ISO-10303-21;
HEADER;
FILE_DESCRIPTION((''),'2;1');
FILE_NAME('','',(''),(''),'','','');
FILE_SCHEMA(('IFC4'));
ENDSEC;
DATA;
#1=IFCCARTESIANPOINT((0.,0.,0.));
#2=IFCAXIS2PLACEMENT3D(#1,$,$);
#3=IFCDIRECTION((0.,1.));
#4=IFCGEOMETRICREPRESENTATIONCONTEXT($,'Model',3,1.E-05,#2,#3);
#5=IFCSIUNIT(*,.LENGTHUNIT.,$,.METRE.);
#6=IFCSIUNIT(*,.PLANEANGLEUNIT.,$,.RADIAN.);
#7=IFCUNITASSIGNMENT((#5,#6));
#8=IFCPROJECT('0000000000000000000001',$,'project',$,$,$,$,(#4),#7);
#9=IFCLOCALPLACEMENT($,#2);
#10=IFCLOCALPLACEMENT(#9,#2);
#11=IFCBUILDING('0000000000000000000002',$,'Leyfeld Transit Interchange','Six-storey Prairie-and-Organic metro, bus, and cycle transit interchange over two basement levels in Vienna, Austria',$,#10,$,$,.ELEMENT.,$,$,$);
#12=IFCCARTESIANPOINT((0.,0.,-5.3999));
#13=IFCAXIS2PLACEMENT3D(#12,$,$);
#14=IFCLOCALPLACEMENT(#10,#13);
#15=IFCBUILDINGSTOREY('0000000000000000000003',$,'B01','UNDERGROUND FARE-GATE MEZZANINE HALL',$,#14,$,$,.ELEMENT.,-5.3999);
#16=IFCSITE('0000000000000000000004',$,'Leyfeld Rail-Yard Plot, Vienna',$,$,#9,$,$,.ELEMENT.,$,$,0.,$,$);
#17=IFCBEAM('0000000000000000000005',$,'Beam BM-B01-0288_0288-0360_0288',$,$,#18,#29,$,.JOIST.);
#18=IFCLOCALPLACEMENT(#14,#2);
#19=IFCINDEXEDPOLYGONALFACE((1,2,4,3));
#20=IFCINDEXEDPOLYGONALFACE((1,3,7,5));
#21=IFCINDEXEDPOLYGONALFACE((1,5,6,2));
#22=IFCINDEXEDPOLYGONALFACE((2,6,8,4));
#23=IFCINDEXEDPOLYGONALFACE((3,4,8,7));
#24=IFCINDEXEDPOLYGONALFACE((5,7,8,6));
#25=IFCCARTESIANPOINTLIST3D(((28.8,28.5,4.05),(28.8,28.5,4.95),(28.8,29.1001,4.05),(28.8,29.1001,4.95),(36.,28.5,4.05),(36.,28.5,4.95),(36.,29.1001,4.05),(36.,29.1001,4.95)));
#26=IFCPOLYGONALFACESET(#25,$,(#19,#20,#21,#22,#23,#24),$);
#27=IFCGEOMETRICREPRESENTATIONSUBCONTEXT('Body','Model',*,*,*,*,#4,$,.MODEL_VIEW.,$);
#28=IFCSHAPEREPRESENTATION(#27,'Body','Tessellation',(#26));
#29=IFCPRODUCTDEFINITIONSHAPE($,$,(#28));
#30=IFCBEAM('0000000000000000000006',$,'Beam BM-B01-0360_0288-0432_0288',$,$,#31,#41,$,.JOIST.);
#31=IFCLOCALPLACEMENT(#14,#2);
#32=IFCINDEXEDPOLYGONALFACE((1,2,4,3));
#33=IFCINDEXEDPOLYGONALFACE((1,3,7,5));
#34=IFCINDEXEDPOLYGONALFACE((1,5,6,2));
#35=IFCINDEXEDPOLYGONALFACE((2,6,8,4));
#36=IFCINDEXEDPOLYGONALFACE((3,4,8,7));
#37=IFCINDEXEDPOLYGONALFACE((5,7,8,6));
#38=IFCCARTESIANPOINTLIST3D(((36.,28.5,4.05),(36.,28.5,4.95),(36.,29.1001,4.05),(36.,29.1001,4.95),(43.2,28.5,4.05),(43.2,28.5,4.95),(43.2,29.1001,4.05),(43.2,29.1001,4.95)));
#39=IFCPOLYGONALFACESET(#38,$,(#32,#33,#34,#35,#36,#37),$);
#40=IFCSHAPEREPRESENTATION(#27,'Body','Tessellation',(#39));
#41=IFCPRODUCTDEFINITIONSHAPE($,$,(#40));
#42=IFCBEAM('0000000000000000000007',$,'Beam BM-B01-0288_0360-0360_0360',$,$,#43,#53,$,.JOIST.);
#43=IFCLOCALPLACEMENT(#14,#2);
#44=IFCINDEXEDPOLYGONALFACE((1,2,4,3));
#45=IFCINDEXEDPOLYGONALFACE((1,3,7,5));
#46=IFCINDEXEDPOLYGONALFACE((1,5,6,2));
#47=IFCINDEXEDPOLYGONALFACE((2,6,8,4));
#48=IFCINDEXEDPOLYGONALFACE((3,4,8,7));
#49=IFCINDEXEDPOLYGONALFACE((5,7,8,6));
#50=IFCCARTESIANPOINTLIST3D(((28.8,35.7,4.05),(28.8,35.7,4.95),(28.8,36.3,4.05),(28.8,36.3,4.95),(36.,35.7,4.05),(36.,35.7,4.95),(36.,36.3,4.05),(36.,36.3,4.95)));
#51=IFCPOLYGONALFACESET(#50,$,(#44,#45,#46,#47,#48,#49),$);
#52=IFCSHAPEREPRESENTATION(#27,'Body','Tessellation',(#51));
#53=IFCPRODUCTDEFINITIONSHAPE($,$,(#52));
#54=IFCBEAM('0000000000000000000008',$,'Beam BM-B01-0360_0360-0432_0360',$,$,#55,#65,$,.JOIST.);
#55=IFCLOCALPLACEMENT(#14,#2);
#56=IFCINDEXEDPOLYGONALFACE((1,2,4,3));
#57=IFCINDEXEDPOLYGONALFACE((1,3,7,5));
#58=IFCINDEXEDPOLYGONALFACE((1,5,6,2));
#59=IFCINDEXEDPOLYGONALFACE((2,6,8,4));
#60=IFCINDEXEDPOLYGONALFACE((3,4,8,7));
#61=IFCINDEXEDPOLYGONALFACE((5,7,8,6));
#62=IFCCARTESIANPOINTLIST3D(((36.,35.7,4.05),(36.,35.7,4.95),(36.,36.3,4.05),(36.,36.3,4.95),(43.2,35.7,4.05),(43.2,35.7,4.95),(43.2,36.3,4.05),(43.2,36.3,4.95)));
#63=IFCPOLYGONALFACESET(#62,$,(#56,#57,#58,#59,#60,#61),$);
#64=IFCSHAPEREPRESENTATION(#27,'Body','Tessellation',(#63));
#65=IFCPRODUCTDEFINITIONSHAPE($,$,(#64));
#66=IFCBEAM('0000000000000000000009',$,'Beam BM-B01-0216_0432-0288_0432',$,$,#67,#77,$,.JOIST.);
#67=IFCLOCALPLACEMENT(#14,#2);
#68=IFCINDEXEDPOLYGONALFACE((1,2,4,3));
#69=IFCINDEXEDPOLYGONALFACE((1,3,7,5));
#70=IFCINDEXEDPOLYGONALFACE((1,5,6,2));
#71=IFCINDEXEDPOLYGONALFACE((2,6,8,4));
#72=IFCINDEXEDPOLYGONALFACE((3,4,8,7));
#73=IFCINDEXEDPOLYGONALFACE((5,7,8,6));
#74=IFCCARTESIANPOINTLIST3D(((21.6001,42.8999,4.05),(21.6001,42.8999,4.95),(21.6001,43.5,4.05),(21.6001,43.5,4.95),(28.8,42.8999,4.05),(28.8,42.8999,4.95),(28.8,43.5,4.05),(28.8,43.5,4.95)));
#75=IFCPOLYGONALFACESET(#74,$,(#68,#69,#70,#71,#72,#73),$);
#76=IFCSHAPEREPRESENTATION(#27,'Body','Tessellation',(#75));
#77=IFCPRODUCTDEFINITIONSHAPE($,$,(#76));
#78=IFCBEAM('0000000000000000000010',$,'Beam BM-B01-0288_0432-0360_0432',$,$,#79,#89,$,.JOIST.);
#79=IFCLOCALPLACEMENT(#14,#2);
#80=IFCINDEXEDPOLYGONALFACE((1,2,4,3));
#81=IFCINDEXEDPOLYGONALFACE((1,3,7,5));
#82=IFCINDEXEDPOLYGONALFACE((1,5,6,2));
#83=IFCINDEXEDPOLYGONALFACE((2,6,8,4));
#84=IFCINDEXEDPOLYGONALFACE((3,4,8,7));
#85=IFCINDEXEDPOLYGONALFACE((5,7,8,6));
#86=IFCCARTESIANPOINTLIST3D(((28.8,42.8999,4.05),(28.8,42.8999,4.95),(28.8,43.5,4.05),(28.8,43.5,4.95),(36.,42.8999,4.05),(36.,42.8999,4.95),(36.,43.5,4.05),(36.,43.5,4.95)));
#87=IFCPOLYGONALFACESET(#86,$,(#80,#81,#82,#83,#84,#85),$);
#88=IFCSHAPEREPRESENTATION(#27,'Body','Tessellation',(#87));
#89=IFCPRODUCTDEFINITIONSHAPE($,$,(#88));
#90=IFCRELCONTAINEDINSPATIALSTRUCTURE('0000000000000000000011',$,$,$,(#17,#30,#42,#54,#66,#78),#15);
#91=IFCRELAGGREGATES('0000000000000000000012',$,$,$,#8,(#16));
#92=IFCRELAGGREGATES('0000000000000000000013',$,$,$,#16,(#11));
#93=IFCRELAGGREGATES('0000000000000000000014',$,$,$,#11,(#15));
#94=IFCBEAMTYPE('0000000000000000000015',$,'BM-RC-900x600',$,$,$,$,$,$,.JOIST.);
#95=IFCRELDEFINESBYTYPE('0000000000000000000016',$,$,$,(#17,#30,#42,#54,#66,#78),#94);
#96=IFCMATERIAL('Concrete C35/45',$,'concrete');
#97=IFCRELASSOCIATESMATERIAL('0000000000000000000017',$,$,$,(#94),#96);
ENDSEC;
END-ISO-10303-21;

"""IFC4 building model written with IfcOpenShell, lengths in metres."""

from ifc_helpers import new_model, si_unit, direction, frame, origin, origin_2d, place, context, subcontext, project, spatial, rectangle, extrude, material, material_profile, profile_set, type_object, element, save


model = new_model("IFC4")

# Units and contexts
model_context = context("Model", 3, precision=1e-05, world=origin(), true_north=direction((0.0, 1.0)))
body_context = subcontext(model_context, "Body", "Model", "MODEL_VIEW")
ifc_project = project(units=[si_unit("LENGTHUNIT", "METRE"), si_unit("PLANEANGLEUNIT", "RADIAN")], contexts=[model_context])

# Site, building, storey
site_placement = place(None, origin())
site = spatial("IfcSite", under=ifc_project, at=site_placement, Name="Leyfeld Rail-Yard Plot, Vienna", CompositionType="ELEMENT", RefElevation=0.0)
building_placement = place(site_placement, origin())
building = spatial("IfcBuilding", under=site, at=building_placement, Name="Leyfeld Transit Interchange", Description="Six-storey Prairie-and-Organic metro, bus, and cycle transit interchange over two basement levels in Vienna, Austria", CompositionType="ELEMENT")
storey_placement = place(building_placement, frame((0.0, 0.0, -5.3999)))
storey = spatial("IfcBuildingStorey", under=building, at=storey_placement, Name="B01", Description="UNDERGROUND FARE-GATE MEZZANINE HALL", CompositionType="ELEMENT", Elevation=-5.3999)

# Shared definitions
ifc_material_1 = material(Name="Concrete C35/45", Category="concrete")

# Beams
ifc_material_profile_1 = material_profile(ifc_material_1, rectangle(XDim=0.6001, YDim=0.8999, at=origin_2d()), Name="RC 900x600")
ifc_profile_set_1 = profile_set([ifc_material_profile_1], Name="Concrete C35/45")
beam_type_1 = type_object("IfcBeamType", Name="BM-RC-900x600", PredefinedType="JOIST", material=ifc_profile_set_1)
for number, where, z_axis, x_axis, name in (
    (1, (28.8, 28.8, 4.5), (1.0, 0.0, 0.0), (0.0, 1.0, 0.0), "Beam BM-B01-0288_0288-0360_0288"),
    (2, (36.0, 28.8, 4.5), (1.0, 0.0, 0.0), (0.0, 1.0, 0.0), "Beam BM-B01-0360_0288-0432_0288"),
    (3, (28.8, 36.0, 4.5), (1.0, 0.0, 0.0), (0.0, 1.0, 0.0), "Beam BM-B01-0288_0360-0360_0360"),
    (4, (36.0, 36.0, 4.5), (1.0, 0.0, 0.0), (0.0, 1.0, 0.0), "Beam BM-B01-0360_0360-0432_0360"),
    (5, (21.6001, 43.2, 4.5), (1.0, 0.0, 0.0), (0.0, 1.0, 0.0), "Beam BM-B01-0216_0432-0288_0432"),
    (6, (28.8, 43.2, 4.5), (1.0, 0.0, 0.0), (0.0, 1.0, 0.0), "Beam BM-B01-0288_0432-0360_0432"),
):
    element("IfcBeam", number, at=place(storey_placement, frame(where, z_axis=z_axis, x_axis=x_axis)), inside=storey, type_object=beam_type_1, Name=name, PredefinedType="JOIST", context=body_context, shape_type="SweptSolid", body=[
        extrude(rectangle(XDim=0.6001, YDim=0.8999, at=origin_2d()), origin(), (0.0, 0.0, 1.0), 7.2),
    ])

save(model, "model.ifc")
